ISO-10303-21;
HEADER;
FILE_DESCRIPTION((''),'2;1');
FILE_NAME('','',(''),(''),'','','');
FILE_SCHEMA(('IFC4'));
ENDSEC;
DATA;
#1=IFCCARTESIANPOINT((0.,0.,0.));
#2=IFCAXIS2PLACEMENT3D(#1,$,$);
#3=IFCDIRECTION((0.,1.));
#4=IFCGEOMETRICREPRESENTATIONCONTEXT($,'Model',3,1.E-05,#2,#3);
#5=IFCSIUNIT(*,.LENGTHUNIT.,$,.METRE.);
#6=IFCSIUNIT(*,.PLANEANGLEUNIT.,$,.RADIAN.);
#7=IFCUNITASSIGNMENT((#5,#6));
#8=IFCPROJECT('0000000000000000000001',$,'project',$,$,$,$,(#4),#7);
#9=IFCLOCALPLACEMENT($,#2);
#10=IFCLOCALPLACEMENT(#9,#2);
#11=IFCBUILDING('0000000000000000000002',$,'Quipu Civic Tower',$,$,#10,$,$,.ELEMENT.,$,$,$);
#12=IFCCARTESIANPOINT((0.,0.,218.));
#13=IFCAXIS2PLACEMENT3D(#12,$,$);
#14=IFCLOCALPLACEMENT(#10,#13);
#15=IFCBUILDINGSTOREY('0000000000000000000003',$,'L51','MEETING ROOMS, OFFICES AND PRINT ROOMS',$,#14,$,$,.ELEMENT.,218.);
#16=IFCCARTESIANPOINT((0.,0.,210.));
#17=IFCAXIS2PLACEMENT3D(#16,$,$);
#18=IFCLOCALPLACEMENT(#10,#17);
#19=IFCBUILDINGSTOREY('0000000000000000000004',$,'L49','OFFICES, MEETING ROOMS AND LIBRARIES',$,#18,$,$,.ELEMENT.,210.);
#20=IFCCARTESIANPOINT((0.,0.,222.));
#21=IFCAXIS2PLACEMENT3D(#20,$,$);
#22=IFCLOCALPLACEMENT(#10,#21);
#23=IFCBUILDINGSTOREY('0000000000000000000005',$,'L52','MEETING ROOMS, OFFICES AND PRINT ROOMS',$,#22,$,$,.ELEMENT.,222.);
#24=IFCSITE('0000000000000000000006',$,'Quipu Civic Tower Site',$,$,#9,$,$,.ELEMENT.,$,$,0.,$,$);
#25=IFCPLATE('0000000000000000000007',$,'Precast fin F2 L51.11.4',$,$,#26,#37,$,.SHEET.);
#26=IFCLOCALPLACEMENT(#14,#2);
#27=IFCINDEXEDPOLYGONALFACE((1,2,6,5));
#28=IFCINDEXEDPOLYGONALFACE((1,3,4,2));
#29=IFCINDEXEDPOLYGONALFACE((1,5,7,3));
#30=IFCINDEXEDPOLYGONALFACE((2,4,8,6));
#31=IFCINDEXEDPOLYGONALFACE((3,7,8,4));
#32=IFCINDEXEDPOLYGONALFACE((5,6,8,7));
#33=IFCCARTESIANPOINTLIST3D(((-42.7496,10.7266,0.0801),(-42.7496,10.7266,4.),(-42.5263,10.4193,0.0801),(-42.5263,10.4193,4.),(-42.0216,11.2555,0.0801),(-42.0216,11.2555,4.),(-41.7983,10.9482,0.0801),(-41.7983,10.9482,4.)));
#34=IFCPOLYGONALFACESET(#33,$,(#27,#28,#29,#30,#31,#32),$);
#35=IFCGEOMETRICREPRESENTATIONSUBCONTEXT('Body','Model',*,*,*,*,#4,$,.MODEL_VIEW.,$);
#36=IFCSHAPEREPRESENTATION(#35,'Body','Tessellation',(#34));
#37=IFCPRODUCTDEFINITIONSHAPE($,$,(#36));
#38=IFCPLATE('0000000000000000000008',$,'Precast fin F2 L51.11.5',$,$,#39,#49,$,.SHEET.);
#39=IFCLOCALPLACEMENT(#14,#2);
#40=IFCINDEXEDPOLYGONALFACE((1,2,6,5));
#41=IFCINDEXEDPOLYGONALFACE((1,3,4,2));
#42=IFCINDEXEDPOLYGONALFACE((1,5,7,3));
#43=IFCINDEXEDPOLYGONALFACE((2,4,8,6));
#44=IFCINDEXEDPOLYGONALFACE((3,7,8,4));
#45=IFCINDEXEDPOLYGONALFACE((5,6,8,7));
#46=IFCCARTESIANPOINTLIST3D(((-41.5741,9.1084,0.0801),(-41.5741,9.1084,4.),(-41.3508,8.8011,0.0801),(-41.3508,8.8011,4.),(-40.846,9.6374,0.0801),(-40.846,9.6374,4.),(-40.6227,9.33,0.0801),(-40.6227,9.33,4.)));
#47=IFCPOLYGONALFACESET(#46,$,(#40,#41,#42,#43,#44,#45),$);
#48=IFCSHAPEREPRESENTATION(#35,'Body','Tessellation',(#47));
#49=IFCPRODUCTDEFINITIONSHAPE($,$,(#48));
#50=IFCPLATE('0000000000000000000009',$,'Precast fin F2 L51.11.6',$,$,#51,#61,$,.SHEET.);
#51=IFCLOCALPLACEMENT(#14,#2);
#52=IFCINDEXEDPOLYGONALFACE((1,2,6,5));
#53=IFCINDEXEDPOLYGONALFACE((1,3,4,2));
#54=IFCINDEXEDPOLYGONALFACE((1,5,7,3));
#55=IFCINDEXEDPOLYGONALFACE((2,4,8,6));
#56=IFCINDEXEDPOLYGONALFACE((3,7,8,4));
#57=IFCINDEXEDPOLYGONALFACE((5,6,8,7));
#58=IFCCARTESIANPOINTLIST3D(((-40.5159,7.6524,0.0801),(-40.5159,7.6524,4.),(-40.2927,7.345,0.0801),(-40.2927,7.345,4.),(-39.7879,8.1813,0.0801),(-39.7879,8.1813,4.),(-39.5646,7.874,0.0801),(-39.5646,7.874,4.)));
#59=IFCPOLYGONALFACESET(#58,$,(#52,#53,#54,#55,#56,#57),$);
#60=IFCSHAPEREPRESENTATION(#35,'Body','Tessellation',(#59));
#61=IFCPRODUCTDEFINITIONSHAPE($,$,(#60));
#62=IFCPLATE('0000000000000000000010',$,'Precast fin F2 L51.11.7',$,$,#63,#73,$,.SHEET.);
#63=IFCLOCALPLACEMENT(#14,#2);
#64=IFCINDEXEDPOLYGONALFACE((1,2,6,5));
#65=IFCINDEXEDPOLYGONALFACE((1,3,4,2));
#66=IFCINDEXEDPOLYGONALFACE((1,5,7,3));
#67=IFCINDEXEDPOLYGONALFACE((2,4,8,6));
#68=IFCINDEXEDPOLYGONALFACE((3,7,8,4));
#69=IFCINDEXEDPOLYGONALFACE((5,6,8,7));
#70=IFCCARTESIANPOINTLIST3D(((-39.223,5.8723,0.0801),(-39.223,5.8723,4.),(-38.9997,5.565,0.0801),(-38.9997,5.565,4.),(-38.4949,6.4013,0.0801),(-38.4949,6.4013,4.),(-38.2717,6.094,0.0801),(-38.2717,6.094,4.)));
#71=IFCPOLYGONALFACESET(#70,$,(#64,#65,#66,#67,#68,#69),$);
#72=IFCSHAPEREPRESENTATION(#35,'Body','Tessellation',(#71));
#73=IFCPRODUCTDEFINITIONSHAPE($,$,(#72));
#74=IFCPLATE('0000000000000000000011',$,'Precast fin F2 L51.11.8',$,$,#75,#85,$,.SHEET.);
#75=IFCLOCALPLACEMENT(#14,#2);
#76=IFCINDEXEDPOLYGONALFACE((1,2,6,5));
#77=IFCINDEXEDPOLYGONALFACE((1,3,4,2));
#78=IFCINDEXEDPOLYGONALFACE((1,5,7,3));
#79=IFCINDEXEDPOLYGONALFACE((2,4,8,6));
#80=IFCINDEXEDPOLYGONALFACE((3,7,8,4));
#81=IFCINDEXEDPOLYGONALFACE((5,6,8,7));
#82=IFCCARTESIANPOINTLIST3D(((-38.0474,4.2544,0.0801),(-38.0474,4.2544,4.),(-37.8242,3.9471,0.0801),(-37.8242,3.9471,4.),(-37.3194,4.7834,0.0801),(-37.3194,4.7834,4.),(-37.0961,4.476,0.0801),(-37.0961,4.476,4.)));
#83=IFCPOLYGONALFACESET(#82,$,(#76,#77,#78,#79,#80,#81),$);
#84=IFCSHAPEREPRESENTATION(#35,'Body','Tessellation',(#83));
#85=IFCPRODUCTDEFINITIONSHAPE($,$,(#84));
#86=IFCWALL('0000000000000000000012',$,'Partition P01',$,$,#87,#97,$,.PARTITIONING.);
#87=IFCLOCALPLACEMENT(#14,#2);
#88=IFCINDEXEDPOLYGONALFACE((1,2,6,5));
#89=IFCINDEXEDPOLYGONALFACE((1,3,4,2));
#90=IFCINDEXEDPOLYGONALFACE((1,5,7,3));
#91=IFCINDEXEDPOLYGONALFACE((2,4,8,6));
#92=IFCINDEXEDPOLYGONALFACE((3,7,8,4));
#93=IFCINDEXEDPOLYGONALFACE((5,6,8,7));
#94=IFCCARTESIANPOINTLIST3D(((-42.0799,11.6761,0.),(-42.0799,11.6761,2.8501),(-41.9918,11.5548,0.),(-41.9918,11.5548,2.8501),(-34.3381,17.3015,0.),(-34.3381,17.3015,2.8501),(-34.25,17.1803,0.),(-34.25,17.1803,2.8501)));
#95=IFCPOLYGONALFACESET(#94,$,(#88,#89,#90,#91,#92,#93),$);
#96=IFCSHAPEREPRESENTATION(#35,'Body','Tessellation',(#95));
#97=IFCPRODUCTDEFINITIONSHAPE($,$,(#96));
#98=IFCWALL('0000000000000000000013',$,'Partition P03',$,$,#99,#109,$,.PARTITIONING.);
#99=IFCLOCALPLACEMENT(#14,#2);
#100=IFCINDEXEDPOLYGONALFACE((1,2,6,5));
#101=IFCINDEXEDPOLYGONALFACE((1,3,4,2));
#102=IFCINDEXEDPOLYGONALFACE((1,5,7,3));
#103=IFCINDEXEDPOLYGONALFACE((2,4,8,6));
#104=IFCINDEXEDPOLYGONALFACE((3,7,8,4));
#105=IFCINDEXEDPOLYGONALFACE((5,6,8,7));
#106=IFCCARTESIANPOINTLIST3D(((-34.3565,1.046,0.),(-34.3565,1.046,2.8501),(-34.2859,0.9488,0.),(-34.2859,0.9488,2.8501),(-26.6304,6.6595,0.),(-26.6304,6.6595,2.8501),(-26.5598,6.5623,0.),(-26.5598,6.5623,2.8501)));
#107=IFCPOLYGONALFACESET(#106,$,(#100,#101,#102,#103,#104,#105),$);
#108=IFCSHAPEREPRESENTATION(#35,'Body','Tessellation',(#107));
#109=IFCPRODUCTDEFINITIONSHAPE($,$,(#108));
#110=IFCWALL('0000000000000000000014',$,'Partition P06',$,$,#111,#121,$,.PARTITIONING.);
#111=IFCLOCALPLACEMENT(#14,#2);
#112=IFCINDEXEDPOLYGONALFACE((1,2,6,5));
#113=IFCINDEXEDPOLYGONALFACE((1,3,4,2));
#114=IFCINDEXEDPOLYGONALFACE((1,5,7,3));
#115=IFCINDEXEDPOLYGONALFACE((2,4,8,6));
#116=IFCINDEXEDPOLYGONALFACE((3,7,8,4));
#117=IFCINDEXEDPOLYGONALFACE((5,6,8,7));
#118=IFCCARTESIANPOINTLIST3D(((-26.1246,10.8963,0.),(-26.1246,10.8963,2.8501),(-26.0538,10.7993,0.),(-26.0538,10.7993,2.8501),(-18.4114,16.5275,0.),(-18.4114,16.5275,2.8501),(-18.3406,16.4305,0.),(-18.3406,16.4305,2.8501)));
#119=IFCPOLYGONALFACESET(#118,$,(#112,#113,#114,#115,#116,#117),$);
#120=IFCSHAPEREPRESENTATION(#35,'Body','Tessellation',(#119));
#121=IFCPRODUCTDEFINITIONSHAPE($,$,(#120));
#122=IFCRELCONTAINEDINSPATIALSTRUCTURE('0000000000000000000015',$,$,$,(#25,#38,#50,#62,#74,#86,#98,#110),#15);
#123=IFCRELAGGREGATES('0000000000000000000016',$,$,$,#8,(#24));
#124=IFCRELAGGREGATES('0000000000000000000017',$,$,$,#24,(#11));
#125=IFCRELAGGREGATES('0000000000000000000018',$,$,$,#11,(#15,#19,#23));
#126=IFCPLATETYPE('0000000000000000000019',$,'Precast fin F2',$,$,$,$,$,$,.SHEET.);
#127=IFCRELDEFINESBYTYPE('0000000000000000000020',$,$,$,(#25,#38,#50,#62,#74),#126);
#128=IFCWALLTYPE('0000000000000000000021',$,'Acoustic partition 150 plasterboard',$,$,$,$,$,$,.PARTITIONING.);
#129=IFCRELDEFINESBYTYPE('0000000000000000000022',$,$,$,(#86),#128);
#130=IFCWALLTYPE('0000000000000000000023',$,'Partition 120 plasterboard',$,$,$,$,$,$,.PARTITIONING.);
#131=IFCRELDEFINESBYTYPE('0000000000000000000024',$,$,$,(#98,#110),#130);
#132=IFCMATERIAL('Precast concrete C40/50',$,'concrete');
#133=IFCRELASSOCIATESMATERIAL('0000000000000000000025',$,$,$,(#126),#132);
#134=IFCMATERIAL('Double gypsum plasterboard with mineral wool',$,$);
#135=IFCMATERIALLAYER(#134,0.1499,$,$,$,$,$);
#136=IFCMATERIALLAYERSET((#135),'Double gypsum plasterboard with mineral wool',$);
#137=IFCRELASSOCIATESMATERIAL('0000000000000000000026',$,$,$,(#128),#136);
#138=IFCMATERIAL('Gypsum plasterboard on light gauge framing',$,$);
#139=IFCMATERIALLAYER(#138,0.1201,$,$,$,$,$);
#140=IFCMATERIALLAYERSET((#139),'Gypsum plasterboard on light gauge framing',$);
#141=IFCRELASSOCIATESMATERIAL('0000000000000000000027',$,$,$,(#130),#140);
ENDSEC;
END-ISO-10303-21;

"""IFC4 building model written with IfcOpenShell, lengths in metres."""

from ifc_helpers import new_model, si_unit, direction, frame, frame_2d, origin, origin_2d, place, context, subcontext, project, spatial, rectangle, extrude, material, layer, layer_set, type_object, element, save


model = new_model("IFC4")

# Units and contexts
model_context = context("Model", 3, precision=1e-05, world=origin(), true_north=direction((0.0, 1.0)))
body_context = subcontext(model_context, "Body", "Model", "MODEL_VIEW")
ifc_project = project(units=[si_unit("LENGTHUNIT", "METRE"), si_unit("PLANEANGLEUNIT", "RADIAN")], contexts=[model_context])

# Site, building, storey
site_placement = place(None, origin())
site = spatial("IfcSite", under=ifc_project, at=site_placement, Name="Quipu Civic Tower Site", CompositionType="ELEMENT", RefElevation=0.0)
building_placement = place(site_placement, origin())
building = spatial("IfcBuilding", under=site, at=building_placement, Name="Quipu Civic Tower", CompositionType="ELEMENT")
storey_1_placement = place(building_placement, frame((0.0, 0.0, 218.0)))
storey_1 = spatial("IfcBuildingStorey", under=building, at=storey_1_placement, Name="L51", Description="MEETING ROOMS, OFFICES AND PRINT ROOMS", CompositionType="ELEMENT", Elevation=218.0)

# Shared definitions
storey_2_placement = place(building_placement, frame((0.0, 0.0, 210.0)))
storey_2 = spatial("IfcBuildingStorey", under=building, at=storey_2_placement, Name="L49", Description="OFFICES, MEETING ROOMS AND LIBRARIES", CompositionType="ELEMENT", Elevation=210.0)

# Shared definitions
storey_3_placement = place(building_placement, frame((0.0, 0.0, 222.0)))
storey_3 = spatial("IfcBuildingStorey", under=building, at=storey_3_placement, Name="L52", Description="MEETING ROOMS, OFFICES AND PRINT ROOMS", CompositionType="ELEMENT", Elevation=222.0)

# Plates
ifc_material_1 = material(Name="Precast concrete C40/50", Category="concrete")
plate_type_1 = type_object("IfcPlateType", Name="Precast fin F2", PredefinedType="SHEET", material=ifc_material_1)
for number, where, z_axis, x_axis, name in (
    (1, (-42.2739, 10.8374, 0.0801), (0.0, 0.0, 1.0), (0.587786, -0.809017, 0.0), "Precast fin F2 L51.11.4"),
    (2, (-41.0984, 9.2192, 0.0801), (0.0, 0.0, 1.0), (0.587786, -0.809017, 0.0), "Precast fin F2 L51.11.5"),
    (3, (-40.0403, 7.7632, 0.0801), (0.0, 0.0, 1.0), (0.587786, -0.809017, 0.0), "Precast fin F2 L51.11.6"),
    (4, (-38.7473, 5.9832, 0.0801), (0.0, 0.0, 1.0), (0.587786, -0.809017, 0.0), "Precast fin F2 L51.11.7"),
    (5, (-37.5718, 4.3652, 0.0801), (0.0, 0.0, 1.0), (0.587786, -0.809017, 0.0), "Precast fin F2 L51.11.8"),
):
    element("IfcPlate", number, at=place(storey_1_placement, frame(where, z_axis=z_axis, x_axis=x_axis)), inside=storey_1, type_object=plate_type_1, Name=name, PredefinedType="SHEET", context=body_context, shape_type="SweptSolid", body=[
        extrude(rectangle(XDim=0.3799, YDim=0.8999, at=origin_2d()), origin(), (0.0, 0.0, 1.0), 3.9199),
    ])

# Walls
ifc_material_2 = material(Name="Double gypsum plasterboard with mineral wool")
ifc_layer_1 = layer(ifc_material_2, 0.1499)
ifc_layer_set_1 = layer_set([ifc_layer_1], Name="Double gypsum plasterboard with mineral wool")
wall_type_1 = type_object("IfcWallType", Name="Acoustic partition 150 plasterboard", PredefinedType="PARTITIONING", material=ifc_layer_set_1)
wall_placement = place(storey_1_placement, frame((-42.0359, 11.6155, 0.0), z_axis=(0.0, 0.0, 1.0), x_axis=(0.808985, 0.587829, 0.0)))
element("IfcWall", 6, at=wall_placement, inside=storey_1, type_object=wall_type_1, Name="Partition P01", PredefinedType="PARTITIONING", context=body_context, shape_type="SweptSolid", body=[
    extrude(rectangle(XDim=9.5698, YDim=0.1499, at=frame_2d((4.7849, 0.0))), origin(), (0.0, 0.0, 1.0), 2.8501),
])
ifc_material_3 = material(Name="Gypsum plasterboard on light gauge framing")
ifc_layer_2 = layer(ifc_material_3, 0.1201)
ifc_layer_set_2 = layer_set([ifc_layer_2], Name="Gypsum plasterboard on light gauge framing")
wall_type_2 = type_object("IfcWallType", Name="Partition 120 plasterboard", PredefinedType="PARTITIONING", material=ifc_layer_set_2)
for number, where, z_axis, x_axis, name in (
    (7, (-26.5952, 6.6108, 0.0), (0.0, 0.0, 1.0), (-0.809007, -0.587799, 0.0), "Partition P03"),
    (8, (-26.0891, 10.8479, 0.0), (0.0, 0.0, 1.0), (0.807661, 0.589647, 0.0), "Partition P06"),
):
    element("IfcWall", number, at=place(storey_1_placement, frame(where, z_axis=z_axis, x_axis=x_axis)), inside=storey_1, type_object=wall_type_2, Name=name, PredefinedType="PARTITIONING", context=body_context, shape_type="SweptSolid", body=[
        extrude(rectangle(XDim=9.55, YDim=0.1201, at=frame_2d((4.7749, 0.0))), origin(), (0.0, 0.0, 1.0), 2.8501),
    ])

save(model, "model.ifc")
